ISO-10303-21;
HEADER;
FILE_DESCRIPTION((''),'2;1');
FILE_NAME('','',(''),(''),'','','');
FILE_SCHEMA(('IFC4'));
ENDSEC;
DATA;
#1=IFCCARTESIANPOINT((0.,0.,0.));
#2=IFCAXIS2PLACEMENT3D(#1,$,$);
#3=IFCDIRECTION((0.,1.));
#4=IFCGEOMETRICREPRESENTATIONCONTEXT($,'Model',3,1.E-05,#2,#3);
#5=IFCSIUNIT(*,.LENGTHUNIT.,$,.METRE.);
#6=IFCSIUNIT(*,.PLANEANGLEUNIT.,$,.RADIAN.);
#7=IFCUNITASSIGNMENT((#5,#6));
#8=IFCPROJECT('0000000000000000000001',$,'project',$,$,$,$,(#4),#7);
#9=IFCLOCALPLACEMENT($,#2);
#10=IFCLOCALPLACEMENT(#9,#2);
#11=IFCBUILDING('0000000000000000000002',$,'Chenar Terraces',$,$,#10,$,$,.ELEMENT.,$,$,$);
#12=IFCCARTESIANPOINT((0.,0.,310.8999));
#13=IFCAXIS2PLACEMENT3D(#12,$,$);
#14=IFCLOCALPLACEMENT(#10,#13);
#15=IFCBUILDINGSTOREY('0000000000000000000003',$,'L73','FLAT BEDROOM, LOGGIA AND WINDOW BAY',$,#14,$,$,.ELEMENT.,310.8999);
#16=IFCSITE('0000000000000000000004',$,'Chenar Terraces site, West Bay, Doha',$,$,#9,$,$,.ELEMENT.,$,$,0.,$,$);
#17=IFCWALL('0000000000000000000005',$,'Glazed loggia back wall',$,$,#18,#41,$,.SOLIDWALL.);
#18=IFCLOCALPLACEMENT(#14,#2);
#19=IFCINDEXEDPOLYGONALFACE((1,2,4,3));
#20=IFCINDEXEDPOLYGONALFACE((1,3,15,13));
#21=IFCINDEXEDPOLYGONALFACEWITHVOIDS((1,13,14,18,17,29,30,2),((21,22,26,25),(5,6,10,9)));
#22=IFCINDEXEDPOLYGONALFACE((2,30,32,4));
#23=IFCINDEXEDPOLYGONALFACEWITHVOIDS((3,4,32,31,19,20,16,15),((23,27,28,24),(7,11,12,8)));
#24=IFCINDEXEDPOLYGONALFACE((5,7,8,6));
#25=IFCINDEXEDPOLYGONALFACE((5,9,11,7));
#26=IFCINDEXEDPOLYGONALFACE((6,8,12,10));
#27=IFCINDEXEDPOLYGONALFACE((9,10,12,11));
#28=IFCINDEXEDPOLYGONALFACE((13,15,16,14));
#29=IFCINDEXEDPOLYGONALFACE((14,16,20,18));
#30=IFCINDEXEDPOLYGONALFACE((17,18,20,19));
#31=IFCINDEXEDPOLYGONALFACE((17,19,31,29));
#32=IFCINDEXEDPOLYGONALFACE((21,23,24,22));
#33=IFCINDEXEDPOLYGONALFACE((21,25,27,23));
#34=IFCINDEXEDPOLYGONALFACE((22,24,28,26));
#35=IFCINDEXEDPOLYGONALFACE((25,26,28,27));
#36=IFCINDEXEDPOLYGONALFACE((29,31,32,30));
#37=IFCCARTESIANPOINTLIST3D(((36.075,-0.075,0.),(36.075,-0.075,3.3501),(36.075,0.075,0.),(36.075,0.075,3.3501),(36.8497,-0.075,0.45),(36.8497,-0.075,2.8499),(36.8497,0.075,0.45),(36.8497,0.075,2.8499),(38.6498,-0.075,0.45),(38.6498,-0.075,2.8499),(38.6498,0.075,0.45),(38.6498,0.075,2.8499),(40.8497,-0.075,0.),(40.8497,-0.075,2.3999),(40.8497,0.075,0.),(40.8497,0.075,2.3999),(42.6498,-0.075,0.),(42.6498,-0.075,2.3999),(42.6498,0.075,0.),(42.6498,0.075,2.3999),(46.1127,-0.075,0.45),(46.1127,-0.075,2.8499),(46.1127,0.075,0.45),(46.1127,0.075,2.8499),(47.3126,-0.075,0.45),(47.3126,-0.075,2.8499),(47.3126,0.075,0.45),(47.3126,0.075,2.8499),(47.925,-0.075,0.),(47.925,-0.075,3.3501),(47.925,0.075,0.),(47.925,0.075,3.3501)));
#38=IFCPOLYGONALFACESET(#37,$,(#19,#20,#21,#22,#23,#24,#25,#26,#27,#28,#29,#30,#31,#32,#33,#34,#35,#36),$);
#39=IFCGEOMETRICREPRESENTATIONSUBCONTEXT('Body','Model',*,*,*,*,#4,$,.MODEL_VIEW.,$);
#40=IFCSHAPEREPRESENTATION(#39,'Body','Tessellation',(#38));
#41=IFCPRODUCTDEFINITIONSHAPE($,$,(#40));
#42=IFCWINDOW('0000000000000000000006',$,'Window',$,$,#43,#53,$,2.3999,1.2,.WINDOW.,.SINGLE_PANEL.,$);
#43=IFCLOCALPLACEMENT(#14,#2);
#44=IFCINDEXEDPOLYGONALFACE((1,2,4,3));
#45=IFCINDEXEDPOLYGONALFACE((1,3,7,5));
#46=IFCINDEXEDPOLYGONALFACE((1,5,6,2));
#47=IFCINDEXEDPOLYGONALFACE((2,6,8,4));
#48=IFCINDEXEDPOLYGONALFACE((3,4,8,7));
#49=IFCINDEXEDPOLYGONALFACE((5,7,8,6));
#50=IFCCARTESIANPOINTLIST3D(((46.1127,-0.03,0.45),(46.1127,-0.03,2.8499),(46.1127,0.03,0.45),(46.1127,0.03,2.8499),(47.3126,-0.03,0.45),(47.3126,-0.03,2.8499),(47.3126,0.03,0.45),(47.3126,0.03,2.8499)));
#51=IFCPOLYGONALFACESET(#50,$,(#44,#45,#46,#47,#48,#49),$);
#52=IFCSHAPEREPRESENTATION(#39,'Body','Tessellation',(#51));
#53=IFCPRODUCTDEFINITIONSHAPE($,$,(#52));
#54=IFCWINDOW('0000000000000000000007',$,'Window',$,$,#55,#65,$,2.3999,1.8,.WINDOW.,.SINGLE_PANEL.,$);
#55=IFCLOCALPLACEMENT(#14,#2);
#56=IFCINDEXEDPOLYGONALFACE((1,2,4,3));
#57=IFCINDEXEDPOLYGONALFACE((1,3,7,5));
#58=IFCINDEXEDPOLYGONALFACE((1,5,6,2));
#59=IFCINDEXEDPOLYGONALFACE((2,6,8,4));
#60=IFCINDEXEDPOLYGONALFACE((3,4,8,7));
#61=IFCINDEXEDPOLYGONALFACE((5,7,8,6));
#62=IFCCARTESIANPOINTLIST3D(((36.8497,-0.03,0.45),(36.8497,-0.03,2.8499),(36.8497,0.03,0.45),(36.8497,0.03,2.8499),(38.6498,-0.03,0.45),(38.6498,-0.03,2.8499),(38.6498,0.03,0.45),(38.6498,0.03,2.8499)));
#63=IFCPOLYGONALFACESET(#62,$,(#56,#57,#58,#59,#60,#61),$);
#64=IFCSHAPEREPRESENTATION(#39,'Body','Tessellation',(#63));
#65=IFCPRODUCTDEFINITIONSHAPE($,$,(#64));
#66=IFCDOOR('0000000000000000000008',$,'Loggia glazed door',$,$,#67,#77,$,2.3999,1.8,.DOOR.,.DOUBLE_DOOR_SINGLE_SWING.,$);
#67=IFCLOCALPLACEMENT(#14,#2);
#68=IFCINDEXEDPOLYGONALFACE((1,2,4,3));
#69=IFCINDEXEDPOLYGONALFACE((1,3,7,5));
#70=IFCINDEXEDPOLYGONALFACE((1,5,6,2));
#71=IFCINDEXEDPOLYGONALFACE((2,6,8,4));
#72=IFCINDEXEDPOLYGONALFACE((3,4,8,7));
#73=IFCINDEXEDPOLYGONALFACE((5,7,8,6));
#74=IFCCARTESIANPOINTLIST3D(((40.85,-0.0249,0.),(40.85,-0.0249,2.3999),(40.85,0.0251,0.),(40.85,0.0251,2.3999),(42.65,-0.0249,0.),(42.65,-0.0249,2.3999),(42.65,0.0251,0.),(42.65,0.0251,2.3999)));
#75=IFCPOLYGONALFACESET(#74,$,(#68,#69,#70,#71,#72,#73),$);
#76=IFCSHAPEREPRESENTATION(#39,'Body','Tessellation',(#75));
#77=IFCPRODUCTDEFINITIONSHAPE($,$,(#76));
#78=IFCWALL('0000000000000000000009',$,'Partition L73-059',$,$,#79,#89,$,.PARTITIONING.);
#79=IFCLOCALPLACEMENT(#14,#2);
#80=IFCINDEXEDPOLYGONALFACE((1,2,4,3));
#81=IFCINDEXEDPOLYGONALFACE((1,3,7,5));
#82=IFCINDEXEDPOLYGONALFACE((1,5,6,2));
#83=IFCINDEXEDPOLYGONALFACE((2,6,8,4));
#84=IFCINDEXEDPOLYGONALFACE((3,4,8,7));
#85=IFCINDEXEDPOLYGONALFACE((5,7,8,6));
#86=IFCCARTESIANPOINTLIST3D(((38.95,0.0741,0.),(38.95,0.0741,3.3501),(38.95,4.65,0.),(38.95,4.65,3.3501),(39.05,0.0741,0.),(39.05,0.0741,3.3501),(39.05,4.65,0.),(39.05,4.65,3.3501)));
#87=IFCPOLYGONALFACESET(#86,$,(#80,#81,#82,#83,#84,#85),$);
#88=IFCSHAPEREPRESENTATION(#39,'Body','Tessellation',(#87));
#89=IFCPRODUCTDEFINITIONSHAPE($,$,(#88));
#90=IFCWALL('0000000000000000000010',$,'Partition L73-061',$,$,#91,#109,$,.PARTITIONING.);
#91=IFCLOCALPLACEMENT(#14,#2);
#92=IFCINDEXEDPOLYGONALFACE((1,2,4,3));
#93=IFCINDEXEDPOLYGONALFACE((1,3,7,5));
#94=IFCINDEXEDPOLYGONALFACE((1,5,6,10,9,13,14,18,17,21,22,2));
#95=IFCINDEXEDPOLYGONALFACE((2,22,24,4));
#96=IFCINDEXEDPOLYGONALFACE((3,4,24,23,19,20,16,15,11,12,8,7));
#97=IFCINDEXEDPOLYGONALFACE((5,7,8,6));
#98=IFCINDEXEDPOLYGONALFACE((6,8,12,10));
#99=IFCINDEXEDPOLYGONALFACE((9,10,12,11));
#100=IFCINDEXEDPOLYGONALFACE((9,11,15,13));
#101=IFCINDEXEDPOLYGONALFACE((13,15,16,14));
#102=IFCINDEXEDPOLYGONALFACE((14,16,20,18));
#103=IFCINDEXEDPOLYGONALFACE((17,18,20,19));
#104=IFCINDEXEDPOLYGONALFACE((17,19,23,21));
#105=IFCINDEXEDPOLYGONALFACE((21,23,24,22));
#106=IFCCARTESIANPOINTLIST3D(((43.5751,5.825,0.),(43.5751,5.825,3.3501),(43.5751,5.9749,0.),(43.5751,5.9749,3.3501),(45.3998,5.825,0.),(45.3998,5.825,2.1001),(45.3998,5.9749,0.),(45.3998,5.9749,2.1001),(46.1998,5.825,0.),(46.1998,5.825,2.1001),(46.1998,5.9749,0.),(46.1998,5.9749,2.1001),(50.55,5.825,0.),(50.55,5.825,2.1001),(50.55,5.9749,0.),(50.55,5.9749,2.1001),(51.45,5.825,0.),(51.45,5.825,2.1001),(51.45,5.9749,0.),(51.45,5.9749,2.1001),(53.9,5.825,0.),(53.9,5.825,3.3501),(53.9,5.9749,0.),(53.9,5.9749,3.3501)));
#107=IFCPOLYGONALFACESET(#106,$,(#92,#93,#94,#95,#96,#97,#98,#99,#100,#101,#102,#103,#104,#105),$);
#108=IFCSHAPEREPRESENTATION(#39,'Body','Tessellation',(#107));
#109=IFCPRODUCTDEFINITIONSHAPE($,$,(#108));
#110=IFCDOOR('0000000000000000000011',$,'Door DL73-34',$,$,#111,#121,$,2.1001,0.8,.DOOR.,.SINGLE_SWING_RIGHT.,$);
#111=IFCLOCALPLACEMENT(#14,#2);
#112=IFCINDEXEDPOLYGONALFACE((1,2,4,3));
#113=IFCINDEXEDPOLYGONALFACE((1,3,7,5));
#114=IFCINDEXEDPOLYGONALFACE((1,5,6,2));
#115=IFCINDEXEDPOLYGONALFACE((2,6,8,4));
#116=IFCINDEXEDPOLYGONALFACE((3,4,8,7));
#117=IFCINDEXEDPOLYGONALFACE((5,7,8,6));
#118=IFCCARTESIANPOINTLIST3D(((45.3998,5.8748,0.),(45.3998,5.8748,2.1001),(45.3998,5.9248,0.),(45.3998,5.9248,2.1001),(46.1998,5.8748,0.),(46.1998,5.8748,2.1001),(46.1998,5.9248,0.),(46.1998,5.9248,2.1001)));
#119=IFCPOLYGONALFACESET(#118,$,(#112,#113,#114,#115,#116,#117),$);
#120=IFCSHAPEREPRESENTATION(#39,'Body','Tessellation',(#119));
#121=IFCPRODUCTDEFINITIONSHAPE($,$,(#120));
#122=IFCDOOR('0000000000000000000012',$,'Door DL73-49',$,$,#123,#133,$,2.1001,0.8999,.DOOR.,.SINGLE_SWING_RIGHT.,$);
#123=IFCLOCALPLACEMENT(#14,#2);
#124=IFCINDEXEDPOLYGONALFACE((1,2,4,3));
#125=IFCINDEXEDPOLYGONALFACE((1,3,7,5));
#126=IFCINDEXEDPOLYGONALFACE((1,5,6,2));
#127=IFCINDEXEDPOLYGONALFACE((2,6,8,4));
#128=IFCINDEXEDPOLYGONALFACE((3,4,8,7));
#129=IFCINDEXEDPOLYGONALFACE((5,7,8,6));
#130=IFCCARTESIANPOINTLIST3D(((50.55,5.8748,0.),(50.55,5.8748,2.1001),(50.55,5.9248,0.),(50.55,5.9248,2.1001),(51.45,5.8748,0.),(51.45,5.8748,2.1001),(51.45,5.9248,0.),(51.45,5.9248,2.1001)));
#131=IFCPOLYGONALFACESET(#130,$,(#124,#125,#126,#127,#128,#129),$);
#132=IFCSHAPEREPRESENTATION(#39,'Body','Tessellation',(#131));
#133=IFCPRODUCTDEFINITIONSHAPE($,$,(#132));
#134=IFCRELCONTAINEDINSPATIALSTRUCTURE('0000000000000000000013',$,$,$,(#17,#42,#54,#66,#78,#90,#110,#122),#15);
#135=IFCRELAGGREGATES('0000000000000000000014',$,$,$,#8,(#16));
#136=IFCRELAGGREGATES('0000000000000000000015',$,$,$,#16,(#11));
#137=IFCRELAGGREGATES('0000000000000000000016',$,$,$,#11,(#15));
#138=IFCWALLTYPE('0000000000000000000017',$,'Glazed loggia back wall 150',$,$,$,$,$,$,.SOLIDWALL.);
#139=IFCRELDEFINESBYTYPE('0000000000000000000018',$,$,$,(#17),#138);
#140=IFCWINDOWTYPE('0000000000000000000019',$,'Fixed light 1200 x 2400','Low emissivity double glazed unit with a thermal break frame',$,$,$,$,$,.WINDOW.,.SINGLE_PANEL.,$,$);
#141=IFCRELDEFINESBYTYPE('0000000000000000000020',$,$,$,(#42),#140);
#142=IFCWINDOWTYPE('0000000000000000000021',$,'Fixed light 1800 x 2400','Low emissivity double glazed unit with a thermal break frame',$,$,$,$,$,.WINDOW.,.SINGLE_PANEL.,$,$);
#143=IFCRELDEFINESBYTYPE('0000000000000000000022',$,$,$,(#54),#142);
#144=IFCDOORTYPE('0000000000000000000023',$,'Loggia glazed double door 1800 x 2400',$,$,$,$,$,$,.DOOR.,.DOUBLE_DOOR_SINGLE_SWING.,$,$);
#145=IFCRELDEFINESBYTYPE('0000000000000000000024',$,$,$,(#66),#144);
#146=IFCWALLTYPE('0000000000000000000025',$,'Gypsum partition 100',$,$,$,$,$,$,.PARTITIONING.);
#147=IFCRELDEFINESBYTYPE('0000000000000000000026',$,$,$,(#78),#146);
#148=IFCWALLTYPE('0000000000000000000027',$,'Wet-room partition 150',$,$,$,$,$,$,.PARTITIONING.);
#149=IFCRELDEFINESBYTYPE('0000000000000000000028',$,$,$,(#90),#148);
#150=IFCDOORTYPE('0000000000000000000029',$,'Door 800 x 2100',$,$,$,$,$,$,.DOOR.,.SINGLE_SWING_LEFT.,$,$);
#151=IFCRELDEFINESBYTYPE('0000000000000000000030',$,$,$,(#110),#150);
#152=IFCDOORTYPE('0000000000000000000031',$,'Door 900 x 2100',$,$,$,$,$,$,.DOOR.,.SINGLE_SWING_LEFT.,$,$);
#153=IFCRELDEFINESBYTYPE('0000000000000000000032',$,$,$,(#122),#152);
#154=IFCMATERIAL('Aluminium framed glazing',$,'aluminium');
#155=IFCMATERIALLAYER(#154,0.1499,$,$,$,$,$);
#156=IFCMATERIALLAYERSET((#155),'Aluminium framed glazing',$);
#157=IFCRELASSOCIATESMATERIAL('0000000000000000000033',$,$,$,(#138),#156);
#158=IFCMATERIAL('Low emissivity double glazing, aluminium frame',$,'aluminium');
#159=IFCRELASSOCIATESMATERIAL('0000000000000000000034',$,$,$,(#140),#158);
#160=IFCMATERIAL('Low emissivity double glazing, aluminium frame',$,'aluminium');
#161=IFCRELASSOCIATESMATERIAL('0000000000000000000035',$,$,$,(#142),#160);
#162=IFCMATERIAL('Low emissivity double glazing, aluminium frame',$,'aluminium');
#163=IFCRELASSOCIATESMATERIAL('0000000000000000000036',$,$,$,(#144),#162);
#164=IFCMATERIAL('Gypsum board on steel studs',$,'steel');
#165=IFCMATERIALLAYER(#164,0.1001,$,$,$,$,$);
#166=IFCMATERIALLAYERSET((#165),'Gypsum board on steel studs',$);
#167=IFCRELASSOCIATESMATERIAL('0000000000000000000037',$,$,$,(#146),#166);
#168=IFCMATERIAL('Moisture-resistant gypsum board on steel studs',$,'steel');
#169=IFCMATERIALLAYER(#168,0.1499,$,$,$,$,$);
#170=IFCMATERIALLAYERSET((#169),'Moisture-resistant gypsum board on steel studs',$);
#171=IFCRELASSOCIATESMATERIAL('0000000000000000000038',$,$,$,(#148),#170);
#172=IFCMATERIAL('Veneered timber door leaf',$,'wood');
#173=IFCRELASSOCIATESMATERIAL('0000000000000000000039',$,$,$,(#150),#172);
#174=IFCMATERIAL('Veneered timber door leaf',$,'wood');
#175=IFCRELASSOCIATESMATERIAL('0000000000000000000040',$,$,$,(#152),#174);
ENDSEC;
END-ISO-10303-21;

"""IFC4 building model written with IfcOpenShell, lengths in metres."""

from ifc_helpers import new_model, si_unit, direction, frame, frame_2d, origin, place, context, subcontext, project, spatial, rectangle, extrude, material, layer, layer_set, type_object, element, fill, save


model = new_model("IFC4")

# Units and contexts
model_context = context("Model", 3, precision=1e-05, world=origin(), true_north=direction((0.0, 1.0)))
body_context = subcontext(model_context, "Body", "Model", "MODEL_VIEW")
ifc_project = project(units=[si_unit("LENGTHUNIT", "METRE"), si_unit("PLANEANGLEUNIT", "RADIAN")], contexts=[model_context])

# Site, building, storey
site_placement = place(None, origin())
site = spatial("IfcSite", under=ifc_project, at=site_placement, Name="Chenar Terraces site, West Bay, Doha", CompositionType="ELEMENT", RefElevation=0.0)
building_placement = place(site_placement, origin())
building = spatial("IfcBuilding", under=site, at=building_placement, Name="Chenar Terraces", CompositionType="ELEMENT")
storey_placement = place(building_placement, frame((0.0, 0.0, 310.8999)))
storey = spatial("IfcBuildingStorey", under=building, at=storey_placement, Name="L73", Description="FLAT BEDROOM, LOGGIA AND WINDOW BAY", CompositionType="ELEMENT", Elevation=310.8999)

# Wall, openings, windows, door
ifc_material_1 = material(Name="Aluminium framed glazing", Category="aluminium")
ifc_layer_1 = layer(ifc_material_1, 0.1499)
ifc_layer_set_1 = layer_set([ifc_layer_1], Name="Aluminium framed glazing")
wall_type_1 = type_object("IfcWallType", Name="Glazed loggia back wall 150", PredefinedType="SOLIDWALL", material=ifc_layer_set_1)
wall_1_placement = place(storey_placement, frame((36.075, 0.0, 0.0), z_axis=(0.0, 0.0, 1.0), x_axis=(1.0, 0.0, 0.0)))
wall_1 = element("IfcWall", 1, at=wall_1_placement, inside=storey, type_object=wall_type_1, Name="Glazed loggia back wall", PredefinedType="SOLIDWALL", context=body_context, shape_type="SweptSolid", body=[
    extrude(rectangle(XDim=11.8501, YDim=0.1499, at=frame_2d((5.925, 0.0))), origin(), (0.0, 0.0, 1.0), 3.3501),
])
opening_1_placement = place(wall_1_placement, frame((0.7749, 0.0, 0.45)))
opening_1 = element("IfcOpeningElement", 2, at=opening_1_placement, cuts=wall_1, PredefinedType="OPENING", context=body_context, shape_type="SweptSolid", body=[
    extrude(rectangle(XDim=1.8, YDim=2.3999, at=frame_2d((0.8999, 1.2))), frame((0.0, 0.085, 0.0), z_axis=(0.0, -1.0, 0.0), x_axis=(1.0, 0.0, 0.0)), (0.0, 0.0, 1.0), 0.1699),
])
opening_2_placement = place(wall_1_placement, frame((4.7749, 0.0, 0.0)))
opening_2 = element("IfcOpeningElement", 3, at=opening_2_placement, cuts=wall_1, PredefinedType="OPENING", context=body_context, shape_type="SweptSolid", body=[
    extrude(rectangle(XDim=1.8, YDim=2.3999, at=frame_2d((0.8999, 1.2))), frame((0.0, 0.085, 0.0), z_axis=(0.0, -1.0, 0.0), x_axis=(1.0, 0.0, 0.0)), (0.0, 0.0, 1.0), 0.1699),
])
opening_3_placement = place(wall_1_placement, frame((10.0376, 0.0, 0.45)))
opening_3 = element("IfcOpeningElement", 4, at=opening_3_placement, cuts=wall_1, PredefinedType="OPENING", context=body_context, shape_type="SweptSolid", body=[
    extrude(rectangle(XDim=1.2, YDim=2.3999, at=frame_2d((0.6001, 1.2))), frame((0.0, 0.085, 0.0), z_axis=(0.0, -1.0, 0.0), x_axis=(1.0, 0.0, 0.0)), (0.0, 0.0, 1.0), 0.1699),
])
ifc_material_2 = material(Name="Low emissivity double glazing, aluminium frame", Category="aluminium")
window_type_1 = type_object("IfcWindowType", Name="Fixed light 1200 x 2400", Description="Low emissivity double glazed unit with a thermal break frame", PartitioningType="SINGLE_PANEL", PredefinedType="WINDOW", material=ifc_material_2)
window_1_placement = place(opening_3_placement, origin())
window_1 = element("IfcWindow", 5, at=window_1_placement, inside=storey, type_object=window_type_1, Name="Window", OverallHeight=2.3999, OverallWidth=1.2, PartitioningType="SINGLE_PANEL", PredefinedType="WINDOW", context=body_context, shape_type="SweptSolid", body=[
    extrude(rectangle(XDim=1.2, YDim=2.3999, at=frame_2d((0.6001, 1.2))), frame((0.0, 0.03, 0.0), z_axis=(0.0, -1.0, 0.0), x_axis=(1.0, 0.0, 0.0)), (0.0, 0.0, 1.0), 0.0601),
])
fill(opening_3, window_1)
ifc_material_3 = material(Name="Low emissivity double glazing, aluminium frame", Category="aluminium")
window_type_2 = type_object("IfcWindowType", Name="Fixed light 1800 x 2400", Description="Low emissivity double glazed unit with a thermal break frame", PartitioningType="SINGLE_PANEL", PredefinedType="WINDOW", material=ifc_material_3)
window_2_placement = place(opening_1_placement, origin())
window_2 = element("IfcWindow", 6, at=window_2_placement, inside=storey, type_object=window_type_2, Name="Window", OverallHeight=2.3999, OverallWidth=1.8, PartitioningType="SINGLE_PANEL", PredefinedType="WINDOW", context=body_context, shape_type="SweptSolid", body=[
    extrude(rectangle(XDim=1.8, YDim=2.3999, at=frame_2d((0.8999, 1.2))), frame((0.0, 0.03, 0.0), z_axis=(0.0, -1.0, 0.0), x_axis=(1.0, 0.0, 0.0)), (0.0, 0.0, 1.0), 0.0601),
])
fill(opening_1, window_2)
ifc_material_4 = material(Name="Low emissivity double glazing, aluminium frame", Category="aluminium")
door_type_1 = type_object("IfcDoorType", Name="Loggia glazed double door 1800 x 2400", OperationType="DOUBLE_DOOR_SINGLE_SWING", PredefinedType="DOOR", material=ifc_material_4)
door_1_placement = place(opening_2_placement, frame((1.8, 0.0, 0.0), z_axis=(0.0, 0.0, 1.0), x_axis=(-1.0, 0.0, 0.0)))
door_1 = element("IfcDoor", 7, at=door_1_placement, inside=storey, type_object=door_type_1, Name="Loggia glazed door", OperationType="DOUBLE_DOOR_SINGLE_SWING", OverallHeight=2.3999, OverallWidth=1.8, PredefinedType="DOOR", context=body_context, shape_type="SweptSolid", body=[
    extrude(rectangle(XDim=1.8, YDim=2.3999, at=frame_2d((0.8999, 1.2))), frame((0.0, 0.0249, 0.0), z_axis=(0.0, -1.0, 0.0), x_axis=(1.0, 0.0, 0.0)), (0.0, 0.0, 1.0), 0.05),
])
fill(opening_2, door_1)

# Wall
ifc_material_5 = material(Name="Gypsum board on steel studs", Category="steel")
ifc_layer_2 = layer(ifc_material_5, 0.1001)
ifc_layer_set_2 = layer_set([ifc_layer_2], Name="Gypsum board on steel studs")
wall_type_2 = type_object("IfcWallType", Name="Gypsum partition 100", PredefinedType="PARTITIONING", material=ifc_layer_set_2)
wall_2_placement = place(storey_placement, frame((39.0, 0.074, 0.0), z_axis=(0.0, 0.0, 1.0), x_axis=(0.0, 1.0, 0.0)))
element("IfcWall", 8, at=wall_2_placement, inside=storey, type_object=wall_type_2, Name="Partition L73-059", PredefinedType="PARTITIONING", context=body_context, shape_type="SweptSolid", body=[
    extrude(rectangle(XDim=4.5759, YDim=0.1001, at=frame_2d((2.2881, 0.0))), origin(), (0.0, 0.0, 1.0), 3.3501),
])

# Wall, openings, doors
ifc_material_6 = material(Name="Moisture-resistant gypsum board on steel studs", Category="steel")
ifc_layer_3 = layer(ifc_material_6, 0.1499)
ifc_layer_set_3 = layer_set([ifc_layer_3], Name="Moisture-resistant gypsum board on steel studs")
wall_type_3 = type_object("IfcWallType", Name="Wet-room partition 150", PredefinedType="PARTITIONING", material=ifc_layer_set_3)
wall_3_placement = place(storey_placement, frame((43.575, 5.8999, 0.0), z_axis=(0.0, 0.0, 1.0), x_axis=(1.0, 0.0, 0.0)))
wall_3 = element("IfcWall", 9, at=wall_3_placement, inside=storey, type_object=wall_type_3, Name="Partition L73-061", PredefinedType="PARTITIONING", context=body_context, shape_type="SweptSolid", body=[
    extrude(rectangle(XDim=10.325, YDim=0.1499, at=frame_2d((5.1626, 0.0))), origin(), (0.0, 0.0, 1.0), 3.3501),
])
opening_4_placement = place(wall_3_placement, frame((1.825, 0.0, 0.0)))
opening_4 = element("IfcOpeningElement", 10, at=opening_4_placement, cuts=wall_3, PredefinedType="OPENING", context=body_context, shape_type="SweptSolid", body=[
    extrude(rectangle(XDim=0.8, YDim=2.1001, at=frame_2d((0.3999, 1.05))), frame((0.0, 0.085, 0.0), z_axis=(0.0, -1.0, 0.0), x_axis=(1.0, 0.0, 0.0)), (0.0, 0.0, 1.0), 0.1699),
])
opening_5_placement = place(wall_3_placement, frame((6.9751, 0.0, 0.0)))
opening_5 = element("IfcOpeningElement", 11, at=opening_5_placement, cuts=wall_3, PredefinedType="OPENING", context=body_context, shape_type="SweptSolid", body=[
    extrude(rectangle(XDim=0.8999, YDim=2.1001, at=frame_2d((0.45, 1.05))), frame((0.0, 0.085, 0.0), z_axis=(0.0, -1.0, 0.0), x_axis=(1.0, 0.0, 0.0)), (0.0, 0.0, 1.0), 0.1699),
])
ifc_material_7 = material(Name="Veneered timber door leaf", Category="wood")
door_type_2 = type_object("IfcDoorType", Name="Door 800 x 2100", OperationType="SINGLE_SWING_LEFT", PredefinedType="DOOR", material=ifc_material_7)
door_2_placement = place(opening_4_placement, origin())
door_2 = element("IfcDoor", 12, at=door_2_placement, inside=storey, type_object=door_type_2, Name="Door DL73-34", OperationType="SINGLE_SWING_RIGHT", OverallHeight=2.1001, OverallWidth=0.8, PredefinedType="DOOR", context=body_context, shape_type="SweptSolid", body=[
    extrude(rectangle(XDim=0.8, YDim=2.1001, at=frame_2d((0.3999, 1.05))), frame((0.0, 0.0249, 0.0), z_axis=(0.0, -1.0, 0.0), x_axis=(1.0, 0.0, 0.0)), (0.0, 0.0, 1.0), 0.05),
])
fill(opening_4, door_2)
ifc_material_8 = material(Name="Veneered timber door leaf", Category="wood")
door_type_3 = type_object("IfcDoorType", Name="Door 900 x 2100", OperationType="SINGLE_SWING_LEFT", PredefinedType="DOOR", material=ifc_material_8)
door_3_placement = place(opening_5_placement, origin())
door_3 = element("IfcDoor", 13, at=door_3_placement, inside=storey, type_object=door_type_3, Name="Door DL73-49", OperationType="SINGLE_SWING_RIGHT", OverallHeight=2.1001, OverallWidth=0.8999, PredefinedType="DOOR", context=body_context, shape_type="SweptSolid", body=[
    extrude(rectangle(XDim=0.8999, YDim=2.1001, at=frame_2d((0.45, 1.05))), frame((0.0, 0.0249, 0.0), z_axis=(0.0, -1.0, 0.0), x_axis=(1.0, 0.0, 0.0)), (0.0, 0.0, 1.0), 0.05),
])
fill(opening_5, door_3)

save(model, "model.ifc")
